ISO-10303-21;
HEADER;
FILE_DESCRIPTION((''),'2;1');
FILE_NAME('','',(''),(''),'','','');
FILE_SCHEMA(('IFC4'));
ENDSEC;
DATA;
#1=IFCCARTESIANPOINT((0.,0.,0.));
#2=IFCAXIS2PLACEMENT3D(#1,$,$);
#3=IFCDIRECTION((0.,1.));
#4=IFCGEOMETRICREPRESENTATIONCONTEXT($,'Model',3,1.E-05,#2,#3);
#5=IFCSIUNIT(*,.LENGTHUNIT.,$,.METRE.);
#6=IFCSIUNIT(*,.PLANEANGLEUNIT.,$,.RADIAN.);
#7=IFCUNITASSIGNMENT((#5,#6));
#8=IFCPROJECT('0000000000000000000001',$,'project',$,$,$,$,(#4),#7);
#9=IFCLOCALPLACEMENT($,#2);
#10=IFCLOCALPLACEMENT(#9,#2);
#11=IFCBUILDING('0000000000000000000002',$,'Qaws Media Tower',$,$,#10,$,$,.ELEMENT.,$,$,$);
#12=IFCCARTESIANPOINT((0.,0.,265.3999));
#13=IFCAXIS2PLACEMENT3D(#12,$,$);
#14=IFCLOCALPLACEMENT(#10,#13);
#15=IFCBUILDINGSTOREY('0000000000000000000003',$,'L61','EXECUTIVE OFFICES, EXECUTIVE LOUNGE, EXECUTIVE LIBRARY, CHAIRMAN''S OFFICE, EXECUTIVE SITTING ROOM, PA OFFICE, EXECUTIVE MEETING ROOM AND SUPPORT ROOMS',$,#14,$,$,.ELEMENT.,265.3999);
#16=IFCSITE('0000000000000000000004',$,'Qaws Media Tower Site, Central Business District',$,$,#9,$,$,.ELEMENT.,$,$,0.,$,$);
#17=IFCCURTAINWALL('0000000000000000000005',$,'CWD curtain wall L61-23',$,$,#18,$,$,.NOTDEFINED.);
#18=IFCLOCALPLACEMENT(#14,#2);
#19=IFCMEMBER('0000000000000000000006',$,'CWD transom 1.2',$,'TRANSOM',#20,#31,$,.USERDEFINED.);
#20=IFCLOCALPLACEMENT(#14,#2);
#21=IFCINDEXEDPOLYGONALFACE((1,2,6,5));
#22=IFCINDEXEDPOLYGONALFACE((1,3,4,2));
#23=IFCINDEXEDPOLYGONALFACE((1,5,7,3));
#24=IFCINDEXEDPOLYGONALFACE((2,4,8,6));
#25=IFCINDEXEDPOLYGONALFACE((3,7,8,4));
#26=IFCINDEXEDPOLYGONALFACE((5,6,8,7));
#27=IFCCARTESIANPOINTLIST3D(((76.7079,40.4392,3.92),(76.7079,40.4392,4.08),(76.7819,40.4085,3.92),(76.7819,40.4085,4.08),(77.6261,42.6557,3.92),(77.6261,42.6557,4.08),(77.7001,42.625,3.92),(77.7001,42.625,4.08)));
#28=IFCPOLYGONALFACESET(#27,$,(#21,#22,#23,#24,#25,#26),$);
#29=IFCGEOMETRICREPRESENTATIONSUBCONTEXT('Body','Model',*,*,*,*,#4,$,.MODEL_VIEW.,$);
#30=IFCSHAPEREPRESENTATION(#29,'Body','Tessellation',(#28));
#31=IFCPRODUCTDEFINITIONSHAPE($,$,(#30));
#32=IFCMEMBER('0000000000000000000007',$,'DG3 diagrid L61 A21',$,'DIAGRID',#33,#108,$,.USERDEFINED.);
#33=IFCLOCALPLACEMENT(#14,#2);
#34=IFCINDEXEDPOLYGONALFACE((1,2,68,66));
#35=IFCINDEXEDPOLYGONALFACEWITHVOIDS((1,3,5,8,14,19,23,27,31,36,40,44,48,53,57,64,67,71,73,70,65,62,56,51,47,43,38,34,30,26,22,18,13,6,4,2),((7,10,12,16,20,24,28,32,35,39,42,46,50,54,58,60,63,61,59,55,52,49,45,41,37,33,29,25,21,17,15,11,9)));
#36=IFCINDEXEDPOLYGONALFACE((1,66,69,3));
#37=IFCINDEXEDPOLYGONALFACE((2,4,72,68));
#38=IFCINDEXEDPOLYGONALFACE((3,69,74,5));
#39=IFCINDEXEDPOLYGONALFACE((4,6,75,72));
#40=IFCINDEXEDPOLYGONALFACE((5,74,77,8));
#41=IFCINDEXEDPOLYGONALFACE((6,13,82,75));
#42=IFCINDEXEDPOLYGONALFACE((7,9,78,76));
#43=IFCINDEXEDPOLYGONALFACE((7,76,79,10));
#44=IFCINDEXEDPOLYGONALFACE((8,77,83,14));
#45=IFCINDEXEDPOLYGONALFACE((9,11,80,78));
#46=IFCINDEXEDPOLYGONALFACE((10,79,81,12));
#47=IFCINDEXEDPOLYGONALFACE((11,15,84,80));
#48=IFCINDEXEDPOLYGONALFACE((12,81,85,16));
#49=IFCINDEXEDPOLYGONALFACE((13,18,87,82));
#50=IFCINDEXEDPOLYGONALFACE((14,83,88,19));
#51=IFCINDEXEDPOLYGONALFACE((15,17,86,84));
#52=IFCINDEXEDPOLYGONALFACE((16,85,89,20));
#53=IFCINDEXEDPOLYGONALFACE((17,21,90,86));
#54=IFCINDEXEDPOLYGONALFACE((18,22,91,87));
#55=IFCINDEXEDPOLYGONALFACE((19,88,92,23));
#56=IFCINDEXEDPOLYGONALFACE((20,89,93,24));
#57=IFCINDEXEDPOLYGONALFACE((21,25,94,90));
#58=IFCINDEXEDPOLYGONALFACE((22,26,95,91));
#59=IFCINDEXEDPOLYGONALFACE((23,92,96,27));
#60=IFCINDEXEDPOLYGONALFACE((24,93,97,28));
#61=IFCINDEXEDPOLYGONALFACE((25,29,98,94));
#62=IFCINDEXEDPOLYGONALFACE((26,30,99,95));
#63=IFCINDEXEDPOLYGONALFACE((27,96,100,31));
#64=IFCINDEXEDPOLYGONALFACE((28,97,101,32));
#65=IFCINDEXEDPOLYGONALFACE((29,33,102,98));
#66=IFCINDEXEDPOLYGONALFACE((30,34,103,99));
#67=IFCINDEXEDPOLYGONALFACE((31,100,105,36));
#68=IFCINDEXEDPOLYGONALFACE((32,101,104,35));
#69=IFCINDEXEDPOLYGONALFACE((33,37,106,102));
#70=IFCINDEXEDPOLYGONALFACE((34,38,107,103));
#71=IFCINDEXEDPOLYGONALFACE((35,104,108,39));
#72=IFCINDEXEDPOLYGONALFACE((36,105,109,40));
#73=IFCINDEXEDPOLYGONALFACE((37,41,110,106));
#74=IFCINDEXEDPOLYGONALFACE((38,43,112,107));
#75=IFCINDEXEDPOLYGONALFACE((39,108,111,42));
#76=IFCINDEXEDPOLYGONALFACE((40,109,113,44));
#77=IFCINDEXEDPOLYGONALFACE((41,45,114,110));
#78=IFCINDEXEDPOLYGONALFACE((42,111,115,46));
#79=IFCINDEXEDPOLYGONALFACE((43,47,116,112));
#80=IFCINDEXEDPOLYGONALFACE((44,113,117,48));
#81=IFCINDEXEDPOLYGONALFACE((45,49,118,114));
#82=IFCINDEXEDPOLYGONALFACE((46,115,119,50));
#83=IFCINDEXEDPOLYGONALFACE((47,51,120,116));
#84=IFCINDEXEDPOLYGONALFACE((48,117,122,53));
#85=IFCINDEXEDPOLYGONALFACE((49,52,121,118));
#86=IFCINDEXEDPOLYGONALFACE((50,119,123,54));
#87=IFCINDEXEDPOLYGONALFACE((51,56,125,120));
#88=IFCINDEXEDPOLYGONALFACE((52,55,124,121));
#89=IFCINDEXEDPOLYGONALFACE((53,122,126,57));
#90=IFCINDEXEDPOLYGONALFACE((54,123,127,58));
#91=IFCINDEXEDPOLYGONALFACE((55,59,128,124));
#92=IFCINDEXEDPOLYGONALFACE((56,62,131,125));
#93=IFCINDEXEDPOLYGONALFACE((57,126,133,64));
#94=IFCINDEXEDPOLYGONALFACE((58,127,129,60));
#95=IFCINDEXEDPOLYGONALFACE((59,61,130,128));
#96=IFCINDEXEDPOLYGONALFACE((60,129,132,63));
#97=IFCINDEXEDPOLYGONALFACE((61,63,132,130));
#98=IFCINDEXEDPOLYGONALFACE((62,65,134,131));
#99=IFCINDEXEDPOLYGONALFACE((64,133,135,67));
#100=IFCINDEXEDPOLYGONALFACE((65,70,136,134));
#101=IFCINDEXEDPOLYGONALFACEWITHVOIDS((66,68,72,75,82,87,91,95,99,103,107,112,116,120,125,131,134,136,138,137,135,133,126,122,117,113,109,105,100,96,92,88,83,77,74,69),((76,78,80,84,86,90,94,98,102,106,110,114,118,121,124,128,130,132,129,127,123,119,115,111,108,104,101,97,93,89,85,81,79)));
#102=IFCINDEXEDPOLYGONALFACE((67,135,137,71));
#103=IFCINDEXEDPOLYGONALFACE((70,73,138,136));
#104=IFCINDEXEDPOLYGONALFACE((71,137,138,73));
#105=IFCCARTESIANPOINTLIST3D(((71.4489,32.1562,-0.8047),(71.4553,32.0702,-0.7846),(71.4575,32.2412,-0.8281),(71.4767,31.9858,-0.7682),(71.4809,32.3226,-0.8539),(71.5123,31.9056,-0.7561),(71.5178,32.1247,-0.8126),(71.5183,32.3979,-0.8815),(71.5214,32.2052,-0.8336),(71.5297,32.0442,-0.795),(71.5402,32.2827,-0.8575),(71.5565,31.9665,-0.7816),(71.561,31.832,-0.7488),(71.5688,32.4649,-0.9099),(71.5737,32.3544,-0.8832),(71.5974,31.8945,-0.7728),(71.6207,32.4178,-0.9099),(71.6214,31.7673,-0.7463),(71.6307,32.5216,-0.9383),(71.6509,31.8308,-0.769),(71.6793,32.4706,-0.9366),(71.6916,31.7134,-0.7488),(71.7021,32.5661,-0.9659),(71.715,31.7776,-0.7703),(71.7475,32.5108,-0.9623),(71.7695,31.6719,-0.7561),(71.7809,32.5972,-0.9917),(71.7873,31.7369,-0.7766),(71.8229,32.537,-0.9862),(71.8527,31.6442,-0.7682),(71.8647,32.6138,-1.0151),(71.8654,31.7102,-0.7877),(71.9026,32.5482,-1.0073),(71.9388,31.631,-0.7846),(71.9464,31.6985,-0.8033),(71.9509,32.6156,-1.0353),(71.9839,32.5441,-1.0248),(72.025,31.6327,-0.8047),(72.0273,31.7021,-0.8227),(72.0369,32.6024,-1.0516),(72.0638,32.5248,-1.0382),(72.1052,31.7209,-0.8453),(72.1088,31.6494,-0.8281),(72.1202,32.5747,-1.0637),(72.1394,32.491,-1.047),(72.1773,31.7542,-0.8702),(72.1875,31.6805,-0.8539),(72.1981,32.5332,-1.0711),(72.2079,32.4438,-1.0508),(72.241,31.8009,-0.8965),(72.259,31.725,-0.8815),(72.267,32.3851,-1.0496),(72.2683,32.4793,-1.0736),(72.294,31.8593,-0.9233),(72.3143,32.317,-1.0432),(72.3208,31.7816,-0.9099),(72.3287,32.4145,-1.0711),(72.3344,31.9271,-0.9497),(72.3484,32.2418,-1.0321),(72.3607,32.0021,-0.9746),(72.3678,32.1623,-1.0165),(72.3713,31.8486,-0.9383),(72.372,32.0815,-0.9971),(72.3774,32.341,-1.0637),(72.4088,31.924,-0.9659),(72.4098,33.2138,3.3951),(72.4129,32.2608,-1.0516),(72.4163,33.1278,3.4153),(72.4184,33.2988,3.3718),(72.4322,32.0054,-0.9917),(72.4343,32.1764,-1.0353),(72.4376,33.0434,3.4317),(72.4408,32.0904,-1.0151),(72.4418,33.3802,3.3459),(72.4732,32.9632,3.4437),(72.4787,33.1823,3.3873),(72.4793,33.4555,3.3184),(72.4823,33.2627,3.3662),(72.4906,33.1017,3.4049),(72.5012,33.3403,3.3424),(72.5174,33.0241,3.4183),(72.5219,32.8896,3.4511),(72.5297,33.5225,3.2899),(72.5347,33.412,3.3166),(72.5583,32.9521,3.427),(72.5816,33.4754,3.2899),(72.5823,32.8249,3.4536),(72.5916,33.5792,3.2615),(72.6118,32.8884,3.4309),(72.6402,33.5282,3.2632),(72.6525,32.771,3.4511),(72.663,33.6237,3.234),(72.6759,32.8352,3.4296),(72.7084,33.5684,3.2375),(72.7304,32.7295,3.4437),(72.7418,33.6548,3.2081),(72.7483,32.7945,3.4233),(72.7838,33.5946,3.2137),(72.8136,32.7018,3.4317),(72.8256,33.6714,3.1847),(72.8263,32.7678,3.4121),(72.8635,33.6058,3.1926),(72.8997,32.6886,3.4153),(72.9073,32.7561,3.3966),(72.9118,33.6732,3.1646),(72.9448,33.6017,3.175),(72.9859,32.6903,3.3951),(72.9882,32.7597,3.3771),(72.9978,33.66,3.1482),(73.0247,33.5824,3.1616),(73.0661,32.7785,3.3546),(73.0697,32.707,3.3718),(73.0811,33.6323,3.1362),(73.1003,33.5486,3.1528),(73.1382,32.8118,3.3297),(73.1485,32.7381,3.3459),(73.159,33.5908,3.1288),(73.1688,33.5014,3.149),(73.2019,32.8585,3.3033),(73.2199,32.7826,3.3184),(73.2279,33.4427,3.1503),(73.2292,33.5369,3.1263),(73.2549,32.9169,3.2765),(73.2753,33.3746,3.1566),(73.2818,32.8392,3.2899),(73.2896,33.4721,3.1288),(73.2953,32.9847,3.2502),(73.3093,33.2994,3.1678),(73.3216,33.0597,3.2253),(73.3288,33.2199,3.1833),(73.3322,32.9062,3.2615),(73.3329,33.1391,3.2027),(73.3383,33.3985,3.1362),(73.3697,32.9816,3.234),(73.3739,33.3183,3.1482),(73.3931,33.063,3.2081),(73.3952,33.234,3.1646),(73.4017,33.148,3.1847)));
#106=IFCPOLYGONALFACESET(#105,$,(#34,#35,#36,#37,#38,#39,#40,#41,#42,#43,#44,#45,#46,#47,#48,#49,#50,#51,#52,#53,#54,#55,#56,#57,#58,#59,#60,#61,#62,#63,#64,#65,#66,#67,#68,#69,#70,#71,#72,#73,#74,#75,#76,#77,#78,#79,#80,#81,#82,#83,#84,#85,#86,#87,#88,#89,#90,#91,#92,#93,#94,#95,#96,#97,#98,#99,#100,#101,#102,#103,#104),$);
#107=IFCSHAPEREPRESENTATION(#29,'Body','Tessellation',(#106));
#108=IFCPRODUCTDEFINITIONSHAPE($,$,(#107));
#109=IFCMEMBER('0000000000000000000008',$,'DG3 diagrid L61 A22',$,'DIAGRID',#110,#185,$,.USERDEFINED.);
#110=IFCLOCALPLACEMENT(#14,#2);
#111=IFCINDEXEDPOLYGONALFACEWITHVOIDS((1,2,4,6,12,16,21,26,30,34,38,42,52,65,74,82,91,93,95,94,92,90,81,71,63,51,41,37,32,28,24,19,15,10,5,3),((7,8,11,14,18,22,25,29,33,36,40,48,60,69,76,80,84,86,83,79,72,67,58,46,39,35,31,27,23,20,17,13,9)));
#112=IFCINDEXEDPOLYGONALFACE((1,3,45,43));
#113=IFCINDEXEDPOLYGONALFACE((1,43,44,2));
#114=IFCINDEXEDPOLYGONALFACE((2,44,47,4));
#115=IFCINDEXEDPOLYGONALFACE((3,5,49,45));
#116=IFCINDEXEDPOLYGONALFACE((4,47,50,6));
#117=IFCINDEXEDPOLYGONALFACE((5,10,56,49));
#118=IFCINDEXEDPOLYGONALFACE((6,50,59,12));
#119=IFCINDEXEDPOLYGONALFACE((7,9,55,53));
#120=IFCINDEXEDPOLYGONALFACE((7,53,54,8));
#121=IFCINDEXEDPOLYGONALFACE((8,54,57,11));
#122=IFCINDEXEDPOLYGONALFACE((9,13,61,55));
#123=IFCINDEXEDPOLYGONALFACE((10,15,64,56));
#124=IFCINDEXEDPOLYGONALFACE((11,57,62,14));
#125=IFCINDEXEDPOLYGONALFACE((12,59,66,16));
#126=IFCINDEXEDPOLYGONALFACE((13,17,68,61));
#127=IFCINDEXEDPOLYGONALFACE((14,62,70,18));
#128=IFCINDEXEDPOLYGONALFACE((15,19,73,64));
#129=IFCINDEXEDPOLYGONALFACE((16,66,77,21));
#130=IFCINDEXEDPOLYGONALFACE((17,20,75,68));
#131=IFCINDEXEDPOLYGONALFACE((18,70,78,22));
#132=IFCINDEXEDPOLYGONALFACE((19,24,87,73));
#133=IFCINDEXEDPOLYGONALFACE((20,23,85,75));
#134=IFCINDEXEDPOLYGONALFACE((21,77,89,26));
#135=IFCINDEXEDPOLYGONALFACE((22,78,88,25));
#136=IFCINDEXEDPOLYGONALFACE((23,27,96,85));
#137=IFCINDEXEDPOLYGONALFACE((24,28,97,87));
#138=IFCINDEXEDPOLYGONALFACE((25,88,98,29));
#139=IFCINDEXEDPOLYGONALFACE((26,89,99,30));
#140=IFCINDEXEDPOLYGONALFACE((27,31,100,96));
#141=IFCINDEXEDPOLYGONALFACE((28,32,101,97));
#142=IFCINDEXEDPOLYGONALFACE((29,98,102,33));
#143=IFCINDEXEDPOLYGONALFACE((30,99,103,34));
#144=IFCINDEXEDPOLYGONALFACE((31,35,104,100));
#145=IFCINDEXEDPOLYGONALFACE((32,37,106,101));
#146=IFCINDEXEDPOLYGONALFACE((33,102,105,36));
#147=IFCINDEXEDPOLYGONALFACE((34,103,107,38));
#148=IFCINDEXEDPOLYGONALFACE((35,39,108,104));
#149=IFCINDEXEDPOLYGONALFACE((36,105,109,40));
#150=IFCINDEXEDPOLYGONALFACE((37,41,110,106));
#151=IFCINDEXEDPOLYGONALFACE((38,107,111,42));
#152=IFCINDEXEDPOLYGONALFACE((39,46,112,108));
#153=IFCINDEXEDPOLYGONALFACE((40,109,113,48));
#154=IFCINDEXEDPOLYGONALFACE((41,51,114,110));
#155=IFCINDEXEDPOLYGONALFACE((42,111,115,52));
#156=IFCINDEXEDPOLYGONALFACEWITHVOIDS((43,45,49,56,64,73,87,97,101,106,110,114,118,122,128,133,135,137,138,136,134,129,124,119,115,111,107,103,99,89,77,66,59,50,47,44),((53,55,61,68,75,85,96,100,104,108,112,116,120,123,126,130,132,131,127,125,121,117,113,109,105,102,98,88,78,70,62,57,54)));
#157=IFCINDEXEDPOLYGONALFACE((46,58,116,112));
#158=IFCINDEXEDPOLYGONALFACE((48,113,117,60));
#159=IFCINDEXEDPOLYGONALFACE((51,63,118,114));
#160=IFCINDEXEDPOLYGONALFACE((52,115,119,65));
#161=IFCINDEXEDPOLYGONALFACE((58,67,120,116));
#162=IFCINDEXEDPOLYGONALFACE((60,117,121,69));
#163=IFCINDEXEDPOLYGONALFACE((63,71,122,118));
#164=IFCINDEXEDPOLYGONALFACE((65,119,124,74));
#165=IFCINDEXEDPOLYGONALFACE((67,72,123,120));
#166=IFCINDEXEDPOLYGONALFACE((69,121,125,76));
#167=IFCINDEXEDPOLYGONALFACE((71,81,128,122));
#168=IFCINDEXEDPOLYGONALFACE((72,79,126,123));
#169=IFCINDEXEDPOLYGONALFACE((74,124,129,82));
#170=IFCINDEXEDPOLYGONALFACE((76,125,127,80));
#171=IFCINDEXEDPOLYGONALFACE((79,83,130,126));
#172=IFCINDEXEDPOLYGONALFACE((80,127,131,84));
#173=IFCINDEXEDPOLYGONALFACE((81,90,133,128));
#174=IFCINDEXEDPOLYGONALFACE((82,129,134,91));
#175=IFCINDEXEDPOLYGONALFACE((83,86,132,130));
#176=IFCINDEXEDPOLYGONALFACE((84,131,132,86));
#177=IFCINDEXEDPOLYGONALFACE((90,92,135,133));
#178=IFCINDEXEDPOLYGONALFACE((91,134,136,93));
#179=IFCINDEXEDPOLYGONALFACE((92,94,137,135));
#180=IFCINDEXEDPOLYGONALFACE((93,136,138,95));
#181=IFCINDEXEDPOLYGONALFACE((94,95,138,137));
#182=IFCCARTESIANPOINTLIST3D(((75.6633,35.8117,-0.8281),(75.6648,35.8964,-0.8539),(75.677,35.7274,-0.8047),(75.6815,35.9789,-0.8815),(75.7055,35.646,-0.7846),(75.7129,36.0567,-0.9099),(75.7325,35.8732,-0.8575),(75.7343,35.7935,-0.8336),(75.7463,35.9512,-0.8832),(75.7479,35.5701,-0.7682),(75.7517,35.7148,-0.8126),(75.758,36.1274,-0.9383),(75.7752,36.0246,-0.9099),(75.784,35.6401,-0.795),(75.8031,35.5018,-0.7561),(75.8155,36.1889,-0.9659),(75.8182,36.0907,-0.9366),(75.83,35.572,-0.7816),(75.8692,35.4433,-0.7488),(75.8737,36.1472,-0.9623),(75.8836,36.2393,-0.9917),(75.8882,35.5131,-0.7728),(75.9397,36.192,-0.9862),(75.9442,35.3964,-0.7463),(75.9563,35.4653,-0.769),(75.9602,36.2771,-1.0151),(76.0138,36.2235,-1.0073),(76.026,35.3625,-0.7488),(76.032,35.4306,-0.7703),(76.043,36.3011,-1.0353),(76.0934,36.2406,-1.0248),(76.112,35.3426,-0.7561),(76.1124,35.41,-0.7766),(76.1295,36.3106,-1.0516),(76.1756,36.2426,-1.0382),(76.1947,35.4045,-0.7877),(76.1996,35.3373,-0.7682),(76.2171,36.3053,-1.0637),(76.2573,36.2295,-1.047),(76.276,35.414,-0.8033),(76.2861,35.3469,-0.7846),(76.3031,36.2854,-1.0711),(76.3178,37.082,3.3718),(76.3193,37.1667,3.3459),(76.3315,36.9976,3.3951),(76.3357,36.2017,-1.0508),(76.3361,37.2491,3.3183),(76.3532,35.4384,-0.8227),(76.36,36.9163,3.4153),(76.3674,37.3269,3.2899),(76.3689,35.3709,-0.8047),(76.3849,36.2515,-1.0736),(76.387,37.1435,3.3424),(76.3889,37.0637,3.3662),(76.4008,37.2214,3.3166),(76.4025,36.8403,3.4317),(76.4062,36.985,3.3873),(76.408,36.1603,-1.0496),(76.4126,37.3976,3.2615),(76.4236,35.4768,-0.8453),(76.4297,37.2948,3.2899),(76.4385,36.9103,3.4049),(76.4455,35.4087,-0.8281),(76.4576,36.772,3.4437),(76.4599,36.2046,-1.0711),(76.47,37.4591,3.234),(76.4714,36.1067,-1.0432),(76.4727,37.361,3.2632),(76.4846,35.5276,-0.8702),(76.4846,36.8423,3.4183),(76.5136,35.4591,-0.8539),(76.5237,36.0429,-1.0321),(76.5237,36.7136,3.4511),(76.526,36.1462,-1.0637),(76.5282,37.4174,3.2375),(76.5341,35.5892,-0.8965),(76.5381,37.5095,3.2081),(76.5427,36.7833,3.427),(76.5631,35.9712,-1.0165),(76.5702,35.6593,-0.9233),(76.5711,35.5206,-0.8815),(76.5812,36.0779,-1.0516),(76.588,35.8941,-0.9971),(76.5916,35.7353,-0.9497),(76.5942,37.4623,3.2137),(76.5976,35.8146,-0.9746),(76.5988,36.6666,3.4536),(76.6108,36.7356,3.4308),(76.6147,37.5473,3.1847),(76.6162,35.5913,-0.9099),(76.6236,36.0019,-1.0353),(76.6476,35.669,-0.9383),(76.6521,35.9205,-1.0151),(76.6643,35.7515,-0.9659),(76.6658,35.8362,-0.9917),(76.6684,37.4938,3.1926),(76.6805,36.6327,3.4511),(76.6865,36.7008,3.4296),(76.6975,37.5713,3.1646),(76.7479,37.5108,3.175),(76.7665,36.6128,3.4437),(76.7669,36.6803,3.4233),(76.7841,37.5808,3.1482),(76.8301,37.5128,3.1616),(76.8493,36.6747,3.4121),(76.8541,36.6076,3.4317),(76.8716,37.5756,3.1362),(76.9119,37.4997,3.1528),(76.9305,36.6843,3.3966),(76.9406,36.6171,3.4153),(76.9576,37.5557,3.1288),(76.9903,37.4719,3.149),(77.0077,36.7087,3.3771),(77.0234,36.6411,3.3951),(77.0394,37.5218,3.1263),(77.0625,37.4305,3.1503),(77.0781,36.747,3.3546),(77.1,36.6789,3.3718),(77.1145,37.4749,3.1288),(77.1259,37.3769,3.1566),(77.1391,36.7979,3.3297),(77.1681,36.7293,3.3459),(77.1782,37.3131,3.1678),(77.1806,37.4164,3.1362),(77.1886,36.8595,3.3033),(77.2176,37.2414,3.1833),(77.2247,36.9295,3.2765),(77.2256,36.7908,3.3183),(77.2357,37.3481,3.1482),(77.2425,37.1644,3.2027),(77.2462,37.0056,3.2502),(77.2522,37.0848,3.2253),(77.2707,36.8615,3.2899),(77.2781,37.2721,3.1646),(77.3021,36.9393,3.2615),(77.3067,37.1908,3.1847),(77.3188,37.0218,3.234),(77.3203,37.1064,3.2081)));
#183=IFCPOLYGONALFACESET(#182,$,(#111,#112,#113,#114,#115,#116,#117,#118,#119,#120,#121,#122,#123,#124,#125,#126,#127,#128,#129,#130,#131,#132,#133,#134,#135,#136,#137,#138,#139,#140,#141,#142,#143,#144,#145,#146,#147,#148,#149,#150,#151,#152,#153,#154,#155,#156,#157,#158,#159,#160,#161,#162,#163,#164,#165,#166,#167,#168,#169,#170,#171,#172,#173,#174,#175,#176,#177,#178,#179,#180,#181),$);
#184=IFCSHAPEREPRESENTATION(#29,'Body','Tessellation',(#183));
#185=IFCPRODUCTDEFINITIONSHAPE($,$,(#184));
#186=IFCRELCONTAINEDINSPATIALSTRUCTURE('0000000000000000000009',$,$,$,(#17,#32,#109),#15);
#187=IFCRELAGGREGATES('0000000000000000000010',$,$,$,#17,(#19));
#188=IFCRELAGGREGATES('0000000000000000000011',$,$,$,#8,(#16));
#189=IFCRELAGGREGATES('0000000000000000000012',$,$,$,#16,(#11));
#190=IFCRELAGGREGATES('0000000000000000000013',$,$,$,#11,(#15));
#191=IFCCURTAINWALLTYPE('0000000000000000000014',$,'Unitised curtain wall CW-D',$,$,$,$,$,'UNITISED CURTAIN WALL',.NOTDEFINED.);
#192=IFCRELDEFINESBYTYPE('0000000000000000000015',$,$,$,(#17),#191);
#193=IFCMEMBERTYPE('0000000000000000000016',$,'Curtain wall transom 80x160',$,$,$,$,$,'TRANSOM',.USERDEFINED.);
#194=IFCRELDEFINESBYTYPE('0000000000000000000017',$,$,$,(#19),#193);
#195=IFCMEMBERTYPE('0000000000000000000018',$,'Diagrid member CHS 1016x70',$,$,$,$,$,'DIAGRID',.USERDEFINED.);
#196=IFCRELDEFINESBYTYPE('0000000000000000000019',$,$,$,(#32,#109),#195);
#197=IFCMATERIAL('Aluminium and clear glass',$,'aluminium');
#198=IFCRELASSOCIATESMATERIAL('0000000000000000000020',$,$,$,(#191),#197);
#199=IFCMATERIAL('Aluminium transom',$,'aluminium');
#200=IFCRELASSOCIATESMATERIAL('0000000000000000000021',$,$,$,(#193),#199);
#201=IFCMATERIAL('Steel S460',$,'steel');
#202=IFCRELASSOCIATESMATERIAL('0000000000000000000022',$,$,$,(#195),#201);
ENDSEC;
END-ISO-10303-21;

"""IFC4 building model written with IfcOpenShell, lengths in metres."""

from ifc_helpers import new_model, si_unit, direction, frame, origin, origin_2d, place, context, subcontext, project, spatial, rectangle, hollow_circle, extrude, material, material_profile, profile_set, type_object, element, aggregate, save


model = new_model("IFC4")

# Units and contexts
model_context = context("Model", 3, precision=1e-05, world=origin(), true_north=direction((0.0, 1.0)))
body_context = subcontext(model_context, "Body", "Model", "MODEL_VIEW")
ifc_project = project(units=[si_unit("LENGTHUNIT", "METRE"), si_unit("PLANEANGLEUNIT", "RADIAN")], contexts=[model_context])

# Site, building, storey
site_placement = place(None, origin())
site = spatial("IfcSite", under=ifc_project, at=site_placement, Name="Qaws Media Tower Site, Central Business District", CompositionType="ELEMENT", RefElevation=0.0)
building_placement = place(site_placement, origin())
building = spatial("IfcBuilding", under=site, at=building_placement, Name="Qaws Media Tower", CompositionType="ELEMENT")
storey_placement = place(building_placement, frame((0.0, 0.0, 265.3999)))
storey = spatial("IfcBuildingStorey", under=building, at=storey_placement, Name="L61", Description="EXECUTIVE OFFICES, EXECUTIVE LOUNGE, EXECUTIVE LIBRARY, CHAIRMAN'S OFFICE, EXECUTIVE SITTING ROOM, PA OFFICE, EXECUTIVE MEETING ROOM AND SUPPORT ROOMS", CompositionType="ELEMENT", Elevation=265.3999)

# Shared definitions
ifc_material_1 = material(Name="Aluminium and clear glass", Category="aluminium")
curtain_wall_type = type_object("IfcCurtainWallType", Name="Unitised curtain wall CW-D", ElementType="UNITISED CURTAIN WALL", PredefinedType="NOTDEFINED", material=ifc_material_1)

# Curtain wall
curtain_wall_1_placement = place(storey_placement, origin())
curtain_wall_1 = element("IfcCurtainWall", 1, at=curtain_wall_1_placement, inside=storey, type_object=curtain_wall_type, Name="CWD curtain wall L61-23", PredefinedType="NOTDEFINED")

# Member
ifc_material_2 = material(Name="Aluminium transom", Category="aluminium")
ifc_material_profile_1 = material_profile(ifc_material_2, rectangle(XDim=0.0801, YDim=0.1599, at=origin_2d()), Name="80x160")
ifc_profile_set_1 = profile_set([ifc_material_profile_1], Name="Aluminium transom")
member_type_1 = type_object("IfcMemberType", Name="Curtain wall transom 80x160", ElementType="TRANSOM", PredefinedType="USERDEFINED", material=ifc_profile_set_1)
member_1_placement = place(storey_placement, frame((76.7449, 40.4238, 4.0), z_axis=(0.382714, 0.923867, 0.0), x_axis=(-0.923867, 0.382714, 0.0)))
member_1 = element("IfcMember", 2, at=member_1_placement, type_object=member_type_1, Name="CWD transom 1.2", ObjectType="TRANSOM", PredefinedType="USERDEFINED", context=body_context, shape_type="SweptSolid", body=[
    extrude(rectangle(XDim=0.0801, YDim=0.1599, at=origin_2d()), origin(), (0.0, 0.0, 1.0), 2.3992),
])
aggregate(curtain_wall_1, [member_1])

# Members
ifc_material_3 = material(Name="Steel S460", Category="steel")
ifc_material_profile_2 = material_profile(ifc_material_3, hollow_circle(Radius=0.5081, WallThickness=0.0701, at=origin_2d()), Name="CHS 1016x70")
ifc_profile_set_2 = profile_set([ifc_material_profile_2], Name="Steel S460")
member_type_2 = type_object("IfcMemberType", Name="Diagrid member CHS 1016x70", ElementType="DIAGRID", PredefinedType="USERDEFINED", material=ifc_profile_set_2)
for number, where, z_axis, x_axis, name in (
    (3, (71.9448, 32.1233, -0.9099), (0.216604, 0.238396, 0.946705), (-0.740126, 0.672469, 0.0), "DG3 diagrid L61 A21"),
    (4, (76.1646, 35.824, -0.9099), (0.147539, 0.286328, 0.946704), (-0.888928, 0.458047, 0.0), "DG3 diagrid L61 A22"),
):
    element("IfcMember", number, at=place(storey_placement, frame(where, z_axis=z_axis, x_axis=x_axis)), inside=storey, type_object=member_type_2, Name=name, ObjectType="DIAGRID", PredefinedType="USERDEFINED", context=body_context, shape_type="SweptSolid", body=[
        extrude(hollow_circle(Radius=0.5081, WallThickness=0.0701, at=origin_2d()), origin(), (0.0, 0.0, 1.0), 4.4363),
    ])

save(model, "model.ifc")
